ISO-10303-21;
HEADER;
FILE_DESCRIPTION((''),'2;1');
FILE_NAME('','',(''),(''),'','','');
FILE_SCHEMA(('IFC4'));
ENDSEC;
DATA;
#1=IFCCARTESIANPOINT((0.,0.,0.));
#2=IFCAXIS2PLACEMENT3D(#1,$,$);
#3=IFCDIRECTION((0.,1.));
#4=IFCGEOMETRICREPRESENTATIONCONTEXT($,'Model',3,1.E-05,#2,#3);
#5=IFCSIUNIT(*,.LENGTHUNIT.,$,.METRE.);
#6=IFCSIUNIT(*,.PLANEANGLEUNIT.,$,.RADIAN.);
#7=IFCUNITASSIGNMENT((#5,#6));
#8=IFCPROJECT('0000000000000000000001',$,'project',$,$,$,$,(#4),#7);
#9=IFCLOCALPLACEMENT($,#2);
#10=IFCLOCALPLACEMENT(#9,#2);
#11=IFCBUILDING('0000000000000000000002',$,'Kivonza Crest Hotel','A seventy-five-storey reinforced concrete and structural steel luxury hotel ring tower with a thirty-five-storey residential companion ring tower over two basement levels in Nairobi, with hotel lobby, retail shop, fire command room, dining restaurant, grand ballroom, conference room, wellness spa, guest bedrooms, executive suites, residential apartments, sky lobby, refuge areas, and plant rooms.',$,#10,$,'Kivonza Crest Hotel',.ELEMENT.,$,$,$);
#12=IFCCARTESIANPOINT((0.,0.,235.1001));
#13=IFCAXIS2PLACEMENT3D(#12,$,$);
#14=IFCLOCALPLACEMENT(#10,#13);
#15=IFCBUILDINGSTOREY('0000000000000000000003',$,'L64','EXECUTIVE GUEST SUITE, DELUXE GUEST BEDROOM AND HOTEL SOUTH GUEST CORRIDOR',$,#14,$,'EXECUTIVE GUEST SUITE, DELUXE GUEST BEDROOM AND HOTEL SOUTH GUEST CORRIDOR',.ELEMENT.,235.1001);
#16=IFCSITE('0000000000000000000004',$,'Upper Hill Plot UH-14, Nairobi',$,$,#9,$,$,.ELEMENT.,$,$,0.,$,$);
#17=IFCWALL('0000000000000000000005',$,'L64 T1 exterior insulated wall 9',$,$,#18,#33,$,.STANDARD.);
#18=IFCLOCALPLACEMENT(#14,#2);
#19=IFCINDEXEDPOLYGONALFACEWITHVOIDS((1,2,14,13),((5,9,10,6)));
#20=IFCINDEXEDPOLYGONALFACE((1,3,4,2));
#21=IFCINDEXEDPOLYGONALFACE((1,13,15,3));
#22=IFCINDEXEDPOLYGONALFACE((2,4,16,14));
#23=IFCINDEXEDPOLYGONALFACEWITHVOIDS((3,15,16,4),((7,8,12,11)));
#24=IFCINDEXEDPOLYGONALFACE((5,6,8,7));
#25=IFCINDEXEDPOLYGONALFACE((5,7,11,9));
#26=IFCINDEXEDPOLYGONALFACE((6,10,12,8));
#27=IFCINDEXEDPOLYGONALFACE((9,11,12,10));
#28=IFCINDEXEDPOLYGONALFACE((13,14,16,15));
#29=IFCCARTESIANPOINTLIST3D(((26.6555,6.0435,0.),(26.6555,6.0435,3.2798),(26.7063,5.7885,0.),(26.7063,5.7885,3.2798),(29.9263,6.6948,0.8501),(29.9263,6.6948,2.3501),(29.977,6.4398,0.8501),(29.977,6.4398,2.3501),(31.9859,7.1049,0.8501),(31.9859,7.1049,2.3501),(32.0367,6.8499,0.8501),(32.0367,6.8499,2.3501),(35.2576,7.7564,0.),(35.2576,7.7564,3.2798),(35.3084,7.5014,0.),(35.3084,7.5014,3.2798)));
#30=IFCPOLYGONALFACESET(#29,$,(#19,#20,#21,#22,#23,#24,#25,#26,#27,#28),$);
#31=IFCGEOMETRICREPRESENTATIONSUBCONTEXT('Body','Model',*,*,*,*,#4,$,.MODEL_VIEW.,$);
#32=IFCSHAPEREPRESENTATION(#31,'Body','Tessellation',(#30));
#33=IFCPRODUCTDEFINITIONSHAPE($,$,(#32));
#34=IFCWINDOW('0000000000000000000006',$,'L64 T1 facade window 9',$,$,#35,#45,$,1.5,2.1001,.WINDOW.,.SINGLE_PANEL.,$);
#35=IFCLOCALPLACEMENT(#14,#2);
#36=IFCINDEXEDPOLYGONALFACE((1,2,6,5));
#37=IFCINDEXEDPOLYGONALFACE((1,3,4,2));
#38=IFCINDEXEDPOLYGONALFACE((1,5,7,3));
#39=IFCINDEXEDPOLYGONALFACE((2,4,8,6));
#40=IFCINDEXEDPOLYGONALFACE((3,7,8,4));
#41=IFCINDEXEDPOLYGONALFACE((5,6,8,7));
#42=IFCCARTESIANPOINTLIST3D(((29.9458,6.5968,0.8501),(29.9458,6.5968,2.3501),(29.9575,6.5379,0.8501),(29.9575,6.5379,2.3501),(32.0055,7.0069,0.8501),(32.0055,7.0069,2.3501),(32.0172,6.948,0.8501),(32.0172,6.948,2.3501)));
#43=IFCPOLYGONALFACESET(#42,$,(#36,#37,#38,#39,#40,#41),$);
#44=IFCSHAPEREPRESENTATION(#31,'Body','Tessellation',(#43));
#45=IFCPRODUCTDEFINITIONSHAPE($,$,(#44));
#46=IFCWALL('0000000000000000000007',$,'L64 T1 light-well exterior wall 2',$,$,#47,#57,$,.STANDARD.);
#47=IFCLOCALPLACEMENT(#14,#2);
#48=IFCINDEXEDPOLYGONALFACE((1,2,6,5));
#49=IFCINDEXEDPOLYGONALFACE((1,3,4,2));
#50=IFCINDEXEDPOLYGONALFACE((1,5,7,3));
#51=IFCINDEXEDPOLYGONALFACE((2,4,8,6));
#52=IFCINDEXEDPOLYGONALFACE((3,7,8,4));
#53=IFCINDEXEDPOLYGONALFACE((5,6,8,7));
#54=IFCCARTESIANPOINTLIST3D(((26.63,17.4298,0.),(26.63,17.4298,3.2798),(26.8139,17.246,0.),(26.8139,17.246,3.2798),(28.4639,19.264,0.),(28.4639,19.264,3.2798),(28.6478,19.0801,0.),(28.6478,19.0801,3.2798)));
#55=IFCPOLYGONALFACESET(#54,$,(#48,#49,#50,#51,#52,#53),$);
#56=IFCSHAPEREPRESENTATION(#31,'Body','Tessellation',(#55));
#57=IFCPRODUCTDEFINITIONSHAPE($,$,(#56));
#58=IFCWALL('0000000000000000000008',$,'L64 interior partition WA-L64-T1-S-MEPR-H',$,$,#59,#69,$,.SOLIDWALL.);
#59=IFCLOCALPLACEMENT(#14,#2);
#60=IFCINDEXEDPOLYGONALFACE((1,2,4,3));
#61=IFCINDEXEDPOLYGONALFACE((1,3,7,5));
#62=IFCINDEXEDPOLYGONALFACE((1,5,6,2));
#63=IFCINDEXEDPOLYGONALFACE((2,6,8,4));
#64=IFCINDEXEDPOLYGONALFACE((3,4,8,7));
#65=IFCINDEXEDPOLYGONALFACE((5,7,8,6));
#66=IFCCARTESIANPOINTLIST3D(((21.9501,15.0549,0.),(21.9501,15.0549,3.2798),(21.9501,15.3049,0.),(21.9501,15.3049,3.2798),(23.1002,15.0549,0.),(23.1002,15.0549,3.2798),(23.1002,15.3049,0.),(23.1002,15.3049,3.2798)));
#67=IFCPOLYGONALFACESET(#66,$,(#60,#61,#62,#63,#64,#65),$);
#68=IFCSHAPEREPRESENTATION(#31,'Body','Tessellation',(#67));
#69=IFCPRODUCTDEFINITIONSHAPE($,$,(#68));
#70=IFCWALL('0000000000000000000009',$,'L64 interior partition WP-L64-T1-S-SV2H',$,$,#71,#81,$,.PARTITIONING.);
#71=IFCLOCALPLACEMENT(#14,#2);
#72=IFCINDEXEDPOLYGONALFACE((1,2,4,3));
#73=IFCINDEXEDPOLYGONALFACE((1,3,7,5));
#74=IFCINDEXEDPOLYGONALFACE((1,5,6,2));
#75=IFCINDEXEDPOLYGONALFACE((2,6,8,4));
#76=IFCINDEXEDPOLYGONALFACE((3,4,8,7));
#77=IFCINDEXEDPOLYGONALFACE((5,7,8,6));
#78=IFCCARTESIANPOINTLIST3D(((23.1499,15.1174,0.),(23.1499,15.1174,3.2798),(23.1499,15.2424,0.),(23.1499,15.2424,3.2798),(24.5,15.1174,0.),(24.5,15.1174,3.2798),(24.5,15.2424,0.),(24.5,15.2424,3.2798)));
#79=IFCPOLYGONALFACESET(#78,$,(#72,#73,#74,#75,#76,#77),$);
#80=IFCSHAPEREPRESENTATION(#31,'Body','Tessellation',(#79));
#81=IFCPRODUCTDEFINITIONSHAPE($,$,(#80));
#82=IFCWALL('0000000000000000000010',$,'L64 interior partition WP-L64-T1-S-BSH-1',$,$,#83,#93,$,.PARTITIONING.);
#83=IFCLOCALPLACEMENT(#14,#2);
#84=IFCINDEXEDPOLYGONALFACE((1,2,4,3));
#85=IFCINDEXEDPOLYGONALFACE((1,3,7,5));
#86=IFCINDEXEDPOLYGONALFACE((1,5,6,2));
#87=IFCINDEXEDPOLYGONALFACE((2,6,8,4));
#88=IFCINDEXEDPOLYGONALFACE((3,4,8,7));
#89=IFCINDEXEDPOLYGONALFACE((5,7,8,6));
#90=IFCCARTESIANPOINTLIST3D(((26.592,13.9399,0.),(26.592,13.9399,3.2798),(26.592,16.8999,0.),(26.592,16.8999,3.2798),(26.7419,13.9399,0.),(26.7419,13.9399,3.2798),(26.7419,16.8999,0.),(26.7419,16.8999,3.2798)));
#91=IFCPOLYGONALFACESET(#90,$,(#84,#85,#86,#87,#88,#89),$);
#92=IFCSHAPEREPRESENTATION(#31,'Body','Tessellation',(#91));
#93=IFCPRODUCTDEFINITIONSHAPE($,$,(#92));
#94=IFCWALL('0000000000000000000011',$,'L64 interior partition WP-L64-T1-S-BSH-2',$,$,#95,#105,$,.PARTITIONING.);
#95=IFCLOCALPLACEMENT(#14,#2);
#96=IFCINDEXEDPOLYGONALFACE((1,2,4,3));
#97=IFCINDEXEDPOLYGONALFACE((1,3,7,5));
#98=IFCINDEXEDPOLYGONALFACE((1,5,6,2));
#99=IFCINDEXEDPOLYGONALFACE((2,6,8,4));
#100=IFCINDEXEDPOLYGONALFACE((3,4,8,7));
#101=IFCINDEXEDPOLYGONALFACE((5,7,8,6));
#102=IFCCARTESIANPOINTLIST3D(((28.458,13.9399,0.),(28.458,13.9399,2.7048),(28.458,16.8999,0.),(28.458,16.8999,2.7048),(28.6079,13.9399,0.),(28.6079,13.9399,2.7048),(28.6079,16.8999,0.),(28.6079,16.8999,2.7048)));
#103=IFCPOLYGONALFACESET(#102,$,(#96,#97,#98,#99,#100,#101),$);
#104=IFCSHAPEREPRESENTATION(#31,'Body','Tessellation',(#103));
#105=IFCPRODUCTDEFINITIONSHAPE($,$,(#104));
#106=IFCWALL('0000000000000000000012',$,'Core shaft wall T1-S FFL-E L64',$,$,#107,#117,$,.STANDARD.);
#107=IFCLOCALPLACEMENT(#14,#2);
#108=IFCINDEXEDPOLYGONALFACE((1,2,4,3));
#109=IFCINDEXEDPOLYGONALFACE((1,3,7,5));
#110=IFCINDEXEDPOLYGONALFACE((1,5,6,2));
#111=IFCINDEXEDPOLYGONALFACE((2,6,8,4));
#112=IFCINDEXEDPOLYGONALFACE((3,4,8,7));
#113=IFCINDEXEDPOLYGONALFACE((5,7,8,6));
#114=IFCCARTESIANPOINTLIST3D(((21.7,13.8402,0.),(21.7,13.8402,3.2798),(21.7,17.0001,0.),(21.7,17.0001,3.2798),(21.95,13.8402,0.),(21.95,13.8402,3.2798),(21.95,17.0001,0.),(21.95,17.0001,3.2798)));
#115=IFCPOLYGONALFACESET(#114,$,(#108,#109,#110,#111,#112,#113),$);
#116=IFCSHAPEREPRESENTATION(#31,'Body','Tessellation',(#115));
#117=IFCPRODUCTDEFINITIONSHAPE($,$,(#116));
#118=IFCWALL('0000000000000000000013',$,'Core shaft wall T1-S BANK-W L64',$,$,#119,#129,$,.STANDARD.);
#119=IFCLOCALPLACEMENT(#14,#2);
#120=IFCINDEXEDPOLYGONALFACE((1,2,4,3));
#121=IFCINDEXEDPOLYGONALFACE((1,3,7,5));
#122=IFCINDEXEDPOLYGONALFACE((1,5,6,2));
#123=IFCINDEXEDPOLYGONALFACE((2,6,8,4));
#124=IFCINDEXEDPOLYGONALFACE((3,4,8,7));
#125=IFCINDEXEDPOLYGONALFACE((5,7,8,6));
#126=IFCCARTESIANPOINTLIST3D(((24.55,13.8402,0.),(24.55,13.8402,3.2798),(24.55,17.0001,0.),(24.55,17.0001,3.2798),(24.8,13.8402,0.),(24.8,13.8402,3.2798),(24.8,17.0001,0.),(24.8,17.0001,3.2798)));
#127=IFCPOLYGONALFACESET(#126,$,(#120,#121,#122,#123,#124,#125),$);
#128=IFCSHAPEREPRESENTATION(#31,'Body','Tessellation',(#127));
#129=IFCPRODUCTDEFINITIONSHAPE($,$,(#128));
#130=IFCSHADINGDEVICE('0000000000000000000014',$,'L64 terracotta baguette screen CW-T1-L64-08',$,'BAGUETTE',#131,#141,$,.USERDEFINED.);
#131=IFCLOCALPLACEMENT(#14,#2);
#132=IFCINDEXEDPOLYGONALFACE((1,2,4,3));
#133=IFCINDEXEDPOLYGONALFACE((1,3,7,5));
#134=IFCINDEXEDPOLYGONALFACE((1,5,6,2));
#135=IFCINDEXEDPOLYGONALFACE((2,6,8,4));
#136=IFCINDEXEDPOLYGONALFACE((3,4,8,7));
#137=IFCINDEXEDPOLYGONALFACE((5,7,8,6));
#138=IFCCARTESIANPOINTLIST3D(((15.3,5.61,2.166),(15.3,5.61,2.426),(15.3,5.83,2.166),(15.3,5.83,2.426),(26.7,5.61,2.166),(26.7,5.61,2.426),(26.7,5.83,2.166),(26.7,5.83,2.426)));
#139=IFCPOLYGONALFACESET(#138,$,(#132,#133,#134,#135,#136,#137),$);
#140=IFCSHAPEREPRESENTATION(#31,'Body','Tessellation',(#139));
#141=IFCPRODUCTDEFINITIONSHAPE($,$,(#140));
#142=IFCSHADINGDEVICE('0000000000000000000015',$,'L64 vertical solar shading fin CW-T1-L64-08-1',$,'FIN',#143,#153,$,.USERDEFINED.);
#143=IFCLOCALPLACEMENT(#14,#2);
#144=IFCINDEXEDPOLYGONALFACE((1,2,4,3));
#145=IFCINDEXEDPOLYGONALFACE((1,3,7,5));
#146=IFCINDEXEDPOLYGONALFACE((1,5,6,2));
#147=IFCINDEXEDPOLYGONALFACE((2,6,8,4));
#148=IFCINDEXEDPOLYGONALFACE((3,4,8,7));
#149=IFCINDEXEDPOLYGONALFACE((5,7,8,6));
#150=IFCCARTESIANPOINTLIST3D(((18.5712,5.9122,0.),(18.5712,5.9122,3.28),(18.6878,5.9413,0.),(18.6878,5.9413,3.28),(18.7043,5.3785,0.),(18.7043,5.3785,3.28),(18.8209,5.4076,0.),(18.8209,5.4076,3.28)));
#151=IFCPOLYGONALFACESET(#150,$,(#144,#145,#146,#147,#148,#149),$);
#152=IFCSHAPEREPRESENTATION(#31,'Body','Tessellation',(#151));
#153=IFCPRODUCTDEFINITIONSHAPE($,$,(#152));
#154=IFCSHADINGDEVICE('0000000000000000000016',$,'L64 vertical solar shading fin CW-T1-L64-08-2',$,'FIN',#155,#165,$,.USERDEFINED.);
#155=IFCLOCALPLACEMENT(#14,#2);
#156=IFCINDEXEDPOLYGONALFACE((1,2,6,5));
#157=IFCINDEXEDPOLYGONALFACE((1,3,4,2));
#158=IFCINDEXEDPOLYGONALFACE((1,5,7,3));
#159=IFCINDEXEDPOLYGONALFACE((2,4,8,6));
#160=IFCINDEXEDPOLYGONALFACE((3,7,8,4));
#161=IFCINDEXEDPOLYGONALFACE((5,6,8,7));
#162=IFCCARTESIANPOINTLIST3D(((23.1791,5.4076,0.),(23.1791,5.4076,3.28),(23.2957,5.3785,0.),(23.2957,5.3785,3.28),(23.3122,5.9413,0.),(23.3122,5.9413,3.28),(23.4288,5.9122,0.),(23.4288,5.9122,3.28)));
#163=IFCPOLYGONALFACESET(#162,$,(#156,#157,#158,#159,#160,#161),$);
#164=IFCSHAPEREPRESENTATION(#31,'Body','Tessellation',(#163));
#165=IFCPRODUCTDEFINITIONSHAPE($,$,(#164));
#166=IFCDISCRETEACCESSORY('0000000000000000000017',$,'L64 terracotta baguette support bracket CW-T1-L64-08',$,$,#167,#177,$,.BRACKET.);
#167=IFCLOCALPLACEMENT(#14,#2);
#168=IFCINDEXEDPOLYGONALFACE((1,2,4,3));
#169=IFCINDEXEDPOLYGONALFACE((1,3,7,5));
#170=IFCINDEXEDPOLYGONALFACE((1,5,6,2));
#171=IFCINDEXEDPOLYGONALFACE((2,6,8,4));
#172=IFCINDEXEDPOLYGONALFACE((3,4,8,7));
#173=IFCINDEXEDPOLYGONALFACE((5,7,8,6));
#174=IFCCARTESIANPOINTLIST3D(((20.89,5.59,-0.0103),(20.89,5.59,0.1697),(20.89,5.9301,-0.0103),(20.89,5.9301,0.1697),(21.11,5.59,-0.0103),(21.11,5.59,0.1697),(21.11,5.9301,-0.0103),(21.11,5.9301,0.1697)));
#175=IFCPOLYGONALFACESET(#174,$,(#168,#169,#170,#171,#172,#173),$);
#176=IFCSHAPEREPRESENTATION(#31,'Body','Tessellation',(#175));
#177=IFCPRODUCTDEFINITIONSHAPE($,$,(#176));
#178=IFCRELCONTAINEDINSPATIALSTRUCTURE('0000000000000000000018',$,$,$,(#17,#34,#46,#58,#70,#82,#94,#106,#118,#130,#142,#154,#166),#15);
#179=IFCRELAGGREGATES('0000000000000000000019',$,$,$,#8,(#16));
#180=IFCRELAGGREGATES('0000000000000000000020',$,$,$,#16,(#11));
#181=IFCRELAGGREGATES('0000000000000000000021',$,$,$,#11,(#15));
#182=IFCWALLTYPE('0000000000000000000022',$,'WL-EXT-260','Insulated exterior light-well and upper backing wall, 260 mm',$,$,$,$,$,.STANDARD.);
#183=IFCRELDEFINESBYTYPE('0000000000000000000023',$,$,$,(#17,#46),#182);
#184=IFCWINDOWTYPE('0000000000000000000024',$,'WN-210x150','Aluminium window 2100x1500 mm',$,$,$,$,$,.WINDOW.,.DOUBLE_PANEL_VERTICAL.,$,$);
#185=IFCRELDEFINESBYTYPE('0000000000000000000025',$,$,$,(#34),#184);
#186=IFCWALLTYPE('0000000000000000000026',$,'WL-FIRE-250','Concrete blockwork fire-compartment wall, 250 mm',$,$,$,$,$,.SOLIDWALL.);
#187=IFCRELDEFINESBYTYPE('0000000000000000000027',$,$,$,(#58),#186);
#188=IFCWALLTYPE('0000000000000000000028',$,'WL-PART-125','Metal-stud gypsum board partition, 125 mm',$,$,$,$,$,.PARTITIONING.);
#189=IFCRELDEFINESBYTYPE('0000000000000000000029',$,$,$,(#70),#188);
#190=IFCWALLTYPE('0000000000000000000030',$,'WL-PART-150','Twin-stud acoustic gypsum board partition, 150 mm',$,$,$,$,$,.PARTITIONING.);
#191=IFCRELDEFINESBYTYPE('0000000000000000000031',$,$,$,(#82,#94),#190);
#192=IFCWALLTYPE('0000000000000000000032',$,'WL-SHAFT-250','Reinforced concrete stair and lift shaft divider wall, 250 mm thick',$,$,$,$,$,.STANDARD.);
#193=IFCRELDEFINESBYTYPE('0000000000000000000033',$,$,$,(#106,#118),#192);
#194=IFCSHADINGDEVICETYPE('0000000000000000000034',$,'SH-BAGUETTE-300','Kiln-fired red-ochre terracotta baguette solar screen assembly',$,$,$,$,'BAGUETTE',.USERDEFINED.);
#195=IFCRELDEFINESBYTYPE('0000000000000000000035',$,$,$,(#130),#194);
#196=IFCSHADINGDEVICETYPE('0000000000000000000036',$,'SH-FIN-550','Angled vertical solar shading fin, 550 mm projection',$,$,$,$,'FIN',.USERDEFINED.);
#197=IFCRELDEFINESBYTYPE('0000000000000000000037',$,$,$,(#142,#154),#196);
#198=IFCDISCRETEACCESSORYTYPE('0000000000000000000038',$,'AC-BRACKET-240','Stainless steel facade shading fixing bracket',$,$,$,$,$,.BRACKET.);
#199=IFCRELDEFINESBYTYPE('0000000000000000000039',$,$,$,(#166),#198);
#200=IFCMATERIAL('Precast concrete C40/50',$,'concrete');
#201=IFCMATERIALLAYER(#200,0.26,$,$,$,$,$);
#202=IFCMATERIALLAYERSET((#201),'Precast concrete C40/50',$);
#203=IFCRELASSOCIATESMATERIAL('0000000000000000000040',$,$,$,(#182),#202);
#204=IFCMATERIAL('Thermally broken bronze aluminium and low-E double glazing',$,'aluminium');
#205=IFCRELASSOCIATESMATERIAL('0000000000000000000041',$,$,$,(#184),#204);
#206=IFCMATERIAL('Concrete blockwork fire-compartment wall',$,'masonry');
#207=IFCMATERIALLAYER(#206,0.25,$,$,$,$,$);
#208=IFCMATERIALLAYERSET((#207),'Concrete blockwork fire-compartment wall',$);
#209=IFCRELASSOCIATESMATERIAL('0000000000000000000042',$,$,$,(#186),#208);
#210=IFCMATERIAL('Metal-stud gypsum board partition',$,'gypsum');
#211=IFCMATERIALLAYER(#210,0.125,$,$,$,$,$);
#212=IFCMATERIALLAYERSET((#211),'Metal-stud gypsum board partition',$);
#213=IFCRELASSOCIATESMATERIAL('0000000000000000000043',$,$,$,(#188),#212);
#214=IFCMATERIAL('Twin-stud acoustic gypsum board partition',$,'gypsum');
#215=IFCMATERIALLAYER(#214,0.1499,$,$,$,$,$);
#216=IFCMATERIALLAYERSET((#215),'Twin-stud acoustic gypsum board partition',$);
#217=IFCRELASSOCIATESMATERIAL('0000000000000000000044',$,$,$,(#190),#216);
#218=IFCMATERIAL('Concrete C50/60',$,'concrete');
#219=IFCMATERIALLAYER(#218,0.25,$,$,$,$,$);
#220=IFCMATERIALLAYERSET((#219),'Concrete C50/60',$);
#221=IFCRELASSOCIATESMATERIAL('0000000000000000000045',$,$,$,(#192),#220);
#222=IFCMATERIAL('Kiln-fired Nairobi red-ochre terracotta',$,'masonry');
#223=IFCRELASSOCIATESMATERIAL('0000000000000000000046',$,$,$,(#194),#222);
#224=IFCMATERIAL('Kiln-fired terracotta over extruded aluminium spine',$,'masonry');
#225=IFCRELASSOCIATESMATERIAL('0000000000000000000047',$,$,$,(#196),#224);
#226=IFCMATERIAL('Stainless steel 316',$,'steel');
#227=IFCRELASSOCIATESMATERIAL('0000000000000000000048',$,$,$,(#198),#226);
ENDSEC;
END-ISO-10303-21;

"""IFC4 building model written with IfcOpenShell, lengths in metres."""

from ifc_helpers import new_model, si_unit, direction, frame, frame_2d, origin, origin_2d, place, context, subcontext, project, spatial, rectangle, extrude, material, layer, layer_set, type_object, element, fill, save


model = new_model("IFC4")

# Units and contexts
model_context = context("Model", 3, precision=1e-05, world=origin(), true_north=direction((0.0, 1.0)))
body_context = subcontext(model_context, "Body", "Model", "MODEL_VIEW")
ifc_project = project(units=[si_unit("LENGTHUNIT", "METRE"), si_unit("PLANEANGLEUNIT", "RADIAN")], contexts=[model_context])

# Site, building, storey
site_placement = place(None, origin())
site = spatial("IfcSite", under=ifc_project, at=site_placement, Name="Upper Hill Plot UH-14, Nairobi", CompositionType="ELEMENT", RefElevation=0.0)
building_placement = place(site_placement, origin())
building = spatial("IfcBuilding", under=site, at=building_placement, Name="Kivonza Crest Hotel", Description="A seventy-five-storey reinforced concrete and structural steel luxury hotel ring tower with a thirty-five-storey residential companion ring tower over two basement levels in Nairobi, with hotel lobby, retail shop, fire command room, dining restaurant, grand ballroom, conference room, wellness spa, guest bedrooms, executive suites, residential apartments, sky lobby, refuge areas, and plant rooms.", LongName="Kivonza Crest Hotel", CompositionType="ELEMENT")
storey_placement = place(building_placement, frame((0.0, 0.0, 235.1001)))
storey = spatial("IfcBuildingStorey", under=building, at=storey_placement, Name="L64", Description="EXECUTIVE GUEST SUITE, DELUXE GUEST BEDROOM AND HOTEL SOUTH GUEST CORRIDOR", LongName="EXECUTIVE GUEST SUITE, DELUXE GUEST BEDROOM AND HOTEL SOUTH GUEST CORRIDOR", CompositionType="ELEMENT", Elevation=235.1001)

# Shared definitions
ifc_material_1 = material(Name="Concrete C50/60", Category="concrete")

# Wall, opening, window
ifc_material_2 = material(Name="Precast concrete C40/50", Category="concrete")
ifc_layer_1 = layer(ifc_material_2, 0.26)
ifc_layer_set_1 = layer_set([ifc_layer_1], Name="Precast concrete C40/50")
wall_type_1 = type_object("IfcWallType", Name="WL-EXT-260", Description="Insulated exterior light-well and upper backing wall, 260 mm", PredefinedType="STANDARD", material=ifc_layer_set_1)
wall_1_placement = place(storey_placement, frame((26.6809, 5.916, 0.0), z_axis=(0.0, 0.0, 1.0), x_axis=(0.980745, 0.195292, 0.0)))
wall_1 = element("IfcWall", 1, at=wall_1_placement, inside=storey, type_object=wall_type_1, Name="L64 T1 exterior insulated wall 9", PredefinedType="STANDARD", context=body_context, shape_type="SweptSolid", body=[
    extrude(rectangle(XDim=8.771, YDim=0.26, at=frame_2d((4.3855, 0.0))), origin(), (0.0, 0.0, 1.0), 3.2798),
])
opening_1_placement = place(wall_1_placement, frame((3.335, 0.0, 0.8501)))
opening_1 = element("IfcOpeningElement", 2, at=opening_1_placement, cuts=wall_1, PredefinedType="OPENING", context=body_context, shape_type="SweptSolid", body=[
    extrude(rectangle(XDim=2.1001, YDim=1.5, at=frame_2d((1.05, 0.75))), frame((0.0, 0.1401, 0.0), z_axis=(0.0, -1.0, 0.0), x_axis=(1.0, 0.0, 0.0)), (0.0, 0.0, 1.0), 0.28),
])
ifc_material_3 = material(Name="Thermally broken bronze aluminium and low-E double glazing", Category="aluminium")
window_type = type_object("IfcWindowType", Name="WN-210x150", Description="Aluminium window 2100x1500 mm", PartitioningType="DOUBLE_PANEL_VERTICAL", PredefinedType="WINDOW", material=ifc_material_3)
window_placement = place(opening_1_placement, origin())
window = element("IfcWindow", 3, at=window_placement, inside=storey, type_object=window_type, Name="L64 T1 facade window 9", OverallHeight=1.5, OverallWidth=2.1001, PartitioningType="SINGLE_PANEL", PredefinedType="WINDOW", context=body_context, shape_type="SweptSolid", body=[
    extrude(rectangle(XDim=2.1001, YDim=1.5, at=frame_2d((1.05, 0.75))), frame((0.0, 0.03, 0.0), z_axis=(0.0, -1.0, 0.0), x_axis=(1.0, 0.0, 0.0)), (0.0, 0.0, 1.0), 0.0601),
])
fill(opening_1, window)

# Walls
wall_2_placement = place(storey_placement, frame((26.7219, 17.3379, 0.0), z_axis=(0.0, 0.0, 1.0), x_axis=(0.70706, 0.707154, 0.0)))
element("IfcWall", 4, at=wall_2_placement, inside=storey, type_object=wall_type_1, Name="L64 T1 light-well exterior wall 2", PredefinedType="STANDARD", context=body_context, shape_type="SweptSolid", body=[
    extrude(rectangle(XDim=2.5938, YDim=0.26, at=frame_2d((1.2969, 0.0))), origin(), (0.0, 0.0, 1.0), 3.2798),
])
ifc_material_4 = material(Name="Concrete blockwork fire-compartment wall", Category="masonry")
ifc_layer_2 = layer(ifc_material_4, 0.25)
ifc_layer_set_2 = layer_set([ifc_layer_2], Name="Concrete blockwork fire-compartment wall")
wall_type_2 = type_object("IfcWallType", Name="WL-FIRE-250", Description="Concrete blockwork fire-compartment wall, 250 mm", PredefinedType="SOLIDWALL", material=ifc_layer_set_2)
wall_3_placement = place(storey_placement, frame((21.95, 15.1799, 0.0), z_axis=(0.0, 0.0, 1.0), x_axis=(1.0, 0.0, 0.0)))
element("IfcWall", 5, at=wall_3_placement, inside=storey, type_object=wall_type_2, Name="L64 interior partition WA-L64-T1-S-MEPR-H", PredefinedType="SOLIDWALL", context=body_context, shape_type="SweptSolid", body=[
    extrude(rectangle(XDim=1.1501, YDim=0.25, at=frame_2d((0.5752, 0.0))), origin(), (0.0, 0.0, 1.0), 3.2798),
])
ifc_material_5 = material(Name="Metal-stud gypsum board partition", Category="gypsum")
ifc_layer_3 = layer(ifc_material_5, 0.125)
ifc_layer_set_3 = layer_set([ifc_layer_3], Name="Metal-stud gypsum board partition")
wall_type_3 = type_object("IfcWallType", Name="WL-PART-125", Description="Metal-stud gypsum board partition, 125 mm", PredefinedType="PARTITIONING", material=ifc_layer_set_3)
wall_4_placement = place(storey_placement, frame((23.1499, 15.1799, 0.0), z_axis=(0.0, 0.0, 1.0), x_axis=(1.0, 0.0, 0.0)))
element("IfcWall", 6, at=wall_4_placement, inside=storey, type_object=wall_type_3, Name="L64 interior partition WP-L64-T1-S-SV2H", PredefinedType="PARTITIONING", context=body_context, shape_type="SweptSolid", body=[
    extrude(rectangle(XDim=1.3501, YDim=0.125, at=frame_2d((0.675, 0.0))), origin(), (0.0, 0.0, 1.0), 3.2798),
])
ifc_material_6 = material(Name="Twin-stud acoustic gypsum board partition", Category="gypsum")
ifc_layer_4 = layer(ifc_material_6, 0.1499)
ifc_layer_set_4 = layer_set([ifc_layer_4], Name="Twin-stud acoustic gypsum board partition")
wall_type_4 = type_object("IfcWallType", Name="WL-PART-150", Description="Twin-stud acoustic gypsum board partition, 150 mm", PredefinedType="PARTITIONING", material=ifc_layer_set_4)
wall_5_placement = place(storey_placement, frame((26.667, 13.9399, 0.0), z_axis=(0.0, 0.0, 1.0), x_axis=(0.0, 1.0, 0.0)))
element("IfcWall", 7, at=wall_5_placement, inside=storey, type_object=wall_type_4, Name="L64 interior partition WP-L64-T1-S-BSH-1", PredefinedType="PARTITIONING", context=body_context, shape_type="SweptSolid", body=[
    extrude(rectangle(XDim=2.96, YDim=0.1499, at=frame_2d((1.48, 0.0))), origin(), (0.0, 0.0, 1.0), 3.2798),
])
wall_6_placement = place(storey_placement, frame((28.533, 13.9399, 0.0), z_axis=(0.0, 0.0, 1.0), x_axis=(0.0, 1.0, 0.0)))
element("IfcWall", 8, at=wall_6_placement, inside=storey, type_object=wall_type_4, Name="L64 interior partition WP-L64-T1-S-BSH-2", PredefinedType="PARTITIONING", context=body_context, shape_type="SweptSolid", body=[
    extrude(rectangle(XDim=2.96, YDim=0.1499, at=frame_2d((1.48, 0.0))), origin(), (0.0, 0.0, 1.0), 2.7048),
])

# Shared definitions
ifc_layer_5 = layer(ifc_material_1, 0.25)
ifc_layer_set_5 = layer_set([ifc_layer_5], Name="Concrete C50/60")
wall_type_5 = type_object("IfcWallType", Name="WL-SHAFT-250", Description="Reinforced concrete stair and lift shaft divider wall, 250 mm thick", PredefinedType="STANDARD", material=ifc_layer_set_5)

# Walls
for number, where, z_axis, x_axis, name in (
    (9, (21.825, 13.8401, 0.0), (0.0, 0.0, 1.0), (0.0, 1.0, 0.0), "Core shaft wall T1-S FFL-E L64"),
    (10, (24.675, 13.8401, 0.0), (0.0, 0.0, 1.0), (0.0, 1.0, 0.0), "Core shaft wall T1-S BANK-W L64"),
):
    element("IfcWall", number, at=place(storey_placement, frame(where, z_axis=z_axis, x_axis=x_axis)), inside=storey, type_object=wall_type_5, Name=name, PredefinedType="STANDARD", context=body_context, shape_type="SweptSolid", body=[
        extrude(rectangle(XDim=3.1599, YDim=0.25, at=frame_2d((1.5801, 0.0))), origin(), (0.0, 0.0, 1.0), 3.2798),
    ])

# Shading devices
ifc_material_7 = material(Name="Kiln-fired Nairobi red-ochre terracotta", Category="masonry")
shading_device_type_1 = type_object("IfcShadingDeviceType", Name="SH-BAGUETTE-300", Description="Kiln-fired red-ochre terracotta baguette solar screen assembly", ElementType="BAGUETTE", PredefinedType="USERDEFINED", material=ifc_material_7)
shading_device_placement = place(storey_placement, frame((21.0, 5.72, 2.166), z_axis=(0.0, 0.0, 1.0), x_axis=(1.0, 0.0, 0.0)))
element("IfcShadingDevice", 11, at=shading_device_placement, inside=storey, type_object=shading_device_type_1, Name="L64 terracotta baguette screen CW-T1-L64-08", ObjectType="BAGUETTE", PredefinedType="USERDEFINED", context=body_context, shape_type="SweptSolid", body=[
    extrude(rectangle(XDim=11.3999, YDim=0.22, at=origin_2d()), origin(), (0.0, 0.0, 1.0), 0.26),
])
ifc_material_8 = material(Name="Kiln-fired terracotta over extruded aluminium spine", Category="masonry")
shading_device_type_2 = type_object("IfcShadingDeviceType", Name="SH-FIN-550", Description="Angled vertical solar shading fin, 550 mm projection", ElementType="FIN", PredefinedType="USERDEFINED", material=ifc_material_8)
for number, where, z_axis, x_axis, name in (
    (12, (18.696, 5.6599, 0.0), (0.0, 0.0, 1.0), (0.970296, 0.241922, 0.0), "L64 vertical solar shading fin CW-T1-L64-08-1"),
    (13, (23.304, 5.6599, 0.0), (0.0, 0.0, 1.0), (0.970296, -0.241922, 0.0), "L64 vertical solar shading fin CW-T1-L64-08-2"),
):
    element("IfcShadingDevice", number, at=place(storey_placement, frame(where, z_axis=z_axis, x_axis=x_axis)), inside=storey, type_object=shading_device_type_2, Name=name, ObjectType="FIN", PredefinedType="USERDEFINED", context=body_context, shape_type="SweptSolid", body=[
        extrude(rectangle(XDim=0.1201, YDim=0.55, at=origin_2d()), origin(), (0.0, 0.0, 1.0), 3.28),
    ])

# Discrete accessory
ifc_material_9 = material(Name="Stainless steel 316", Category="steel")
discrete_accessory_type = type_object("IfcDiscreteAccessoryType", Name="AC-BRACKET-240", Description="Stainless steel facade shading fixing bracket", PredefinedType="BRACKET", material=ifc_material_9)
discrete_accessory_placement = place(storey_placement, frame((21.0, 5.76, -0.0103), z_axis=(0.0, 0.0, 1.0), x_axis=(1.0, 0.0, 0.0)))
element("IfcDiscreteAccessory", 14, at=discrete_accessory_placement, inside=storey, type_object=discrete_accessory_type, Name="L64 terracotta baguette support bracket CW-T1-L64-08", PredefinedType="BRACKET", context=body_context, shape_type="SweptSolid", body=[
    extrude(rectangle(XDim=0.22, YDim=0.3401, at=origin_2d()), origin(), (0.0, 0.0, 1.0), 0.1799),
])

save(model, "model.ifc")
